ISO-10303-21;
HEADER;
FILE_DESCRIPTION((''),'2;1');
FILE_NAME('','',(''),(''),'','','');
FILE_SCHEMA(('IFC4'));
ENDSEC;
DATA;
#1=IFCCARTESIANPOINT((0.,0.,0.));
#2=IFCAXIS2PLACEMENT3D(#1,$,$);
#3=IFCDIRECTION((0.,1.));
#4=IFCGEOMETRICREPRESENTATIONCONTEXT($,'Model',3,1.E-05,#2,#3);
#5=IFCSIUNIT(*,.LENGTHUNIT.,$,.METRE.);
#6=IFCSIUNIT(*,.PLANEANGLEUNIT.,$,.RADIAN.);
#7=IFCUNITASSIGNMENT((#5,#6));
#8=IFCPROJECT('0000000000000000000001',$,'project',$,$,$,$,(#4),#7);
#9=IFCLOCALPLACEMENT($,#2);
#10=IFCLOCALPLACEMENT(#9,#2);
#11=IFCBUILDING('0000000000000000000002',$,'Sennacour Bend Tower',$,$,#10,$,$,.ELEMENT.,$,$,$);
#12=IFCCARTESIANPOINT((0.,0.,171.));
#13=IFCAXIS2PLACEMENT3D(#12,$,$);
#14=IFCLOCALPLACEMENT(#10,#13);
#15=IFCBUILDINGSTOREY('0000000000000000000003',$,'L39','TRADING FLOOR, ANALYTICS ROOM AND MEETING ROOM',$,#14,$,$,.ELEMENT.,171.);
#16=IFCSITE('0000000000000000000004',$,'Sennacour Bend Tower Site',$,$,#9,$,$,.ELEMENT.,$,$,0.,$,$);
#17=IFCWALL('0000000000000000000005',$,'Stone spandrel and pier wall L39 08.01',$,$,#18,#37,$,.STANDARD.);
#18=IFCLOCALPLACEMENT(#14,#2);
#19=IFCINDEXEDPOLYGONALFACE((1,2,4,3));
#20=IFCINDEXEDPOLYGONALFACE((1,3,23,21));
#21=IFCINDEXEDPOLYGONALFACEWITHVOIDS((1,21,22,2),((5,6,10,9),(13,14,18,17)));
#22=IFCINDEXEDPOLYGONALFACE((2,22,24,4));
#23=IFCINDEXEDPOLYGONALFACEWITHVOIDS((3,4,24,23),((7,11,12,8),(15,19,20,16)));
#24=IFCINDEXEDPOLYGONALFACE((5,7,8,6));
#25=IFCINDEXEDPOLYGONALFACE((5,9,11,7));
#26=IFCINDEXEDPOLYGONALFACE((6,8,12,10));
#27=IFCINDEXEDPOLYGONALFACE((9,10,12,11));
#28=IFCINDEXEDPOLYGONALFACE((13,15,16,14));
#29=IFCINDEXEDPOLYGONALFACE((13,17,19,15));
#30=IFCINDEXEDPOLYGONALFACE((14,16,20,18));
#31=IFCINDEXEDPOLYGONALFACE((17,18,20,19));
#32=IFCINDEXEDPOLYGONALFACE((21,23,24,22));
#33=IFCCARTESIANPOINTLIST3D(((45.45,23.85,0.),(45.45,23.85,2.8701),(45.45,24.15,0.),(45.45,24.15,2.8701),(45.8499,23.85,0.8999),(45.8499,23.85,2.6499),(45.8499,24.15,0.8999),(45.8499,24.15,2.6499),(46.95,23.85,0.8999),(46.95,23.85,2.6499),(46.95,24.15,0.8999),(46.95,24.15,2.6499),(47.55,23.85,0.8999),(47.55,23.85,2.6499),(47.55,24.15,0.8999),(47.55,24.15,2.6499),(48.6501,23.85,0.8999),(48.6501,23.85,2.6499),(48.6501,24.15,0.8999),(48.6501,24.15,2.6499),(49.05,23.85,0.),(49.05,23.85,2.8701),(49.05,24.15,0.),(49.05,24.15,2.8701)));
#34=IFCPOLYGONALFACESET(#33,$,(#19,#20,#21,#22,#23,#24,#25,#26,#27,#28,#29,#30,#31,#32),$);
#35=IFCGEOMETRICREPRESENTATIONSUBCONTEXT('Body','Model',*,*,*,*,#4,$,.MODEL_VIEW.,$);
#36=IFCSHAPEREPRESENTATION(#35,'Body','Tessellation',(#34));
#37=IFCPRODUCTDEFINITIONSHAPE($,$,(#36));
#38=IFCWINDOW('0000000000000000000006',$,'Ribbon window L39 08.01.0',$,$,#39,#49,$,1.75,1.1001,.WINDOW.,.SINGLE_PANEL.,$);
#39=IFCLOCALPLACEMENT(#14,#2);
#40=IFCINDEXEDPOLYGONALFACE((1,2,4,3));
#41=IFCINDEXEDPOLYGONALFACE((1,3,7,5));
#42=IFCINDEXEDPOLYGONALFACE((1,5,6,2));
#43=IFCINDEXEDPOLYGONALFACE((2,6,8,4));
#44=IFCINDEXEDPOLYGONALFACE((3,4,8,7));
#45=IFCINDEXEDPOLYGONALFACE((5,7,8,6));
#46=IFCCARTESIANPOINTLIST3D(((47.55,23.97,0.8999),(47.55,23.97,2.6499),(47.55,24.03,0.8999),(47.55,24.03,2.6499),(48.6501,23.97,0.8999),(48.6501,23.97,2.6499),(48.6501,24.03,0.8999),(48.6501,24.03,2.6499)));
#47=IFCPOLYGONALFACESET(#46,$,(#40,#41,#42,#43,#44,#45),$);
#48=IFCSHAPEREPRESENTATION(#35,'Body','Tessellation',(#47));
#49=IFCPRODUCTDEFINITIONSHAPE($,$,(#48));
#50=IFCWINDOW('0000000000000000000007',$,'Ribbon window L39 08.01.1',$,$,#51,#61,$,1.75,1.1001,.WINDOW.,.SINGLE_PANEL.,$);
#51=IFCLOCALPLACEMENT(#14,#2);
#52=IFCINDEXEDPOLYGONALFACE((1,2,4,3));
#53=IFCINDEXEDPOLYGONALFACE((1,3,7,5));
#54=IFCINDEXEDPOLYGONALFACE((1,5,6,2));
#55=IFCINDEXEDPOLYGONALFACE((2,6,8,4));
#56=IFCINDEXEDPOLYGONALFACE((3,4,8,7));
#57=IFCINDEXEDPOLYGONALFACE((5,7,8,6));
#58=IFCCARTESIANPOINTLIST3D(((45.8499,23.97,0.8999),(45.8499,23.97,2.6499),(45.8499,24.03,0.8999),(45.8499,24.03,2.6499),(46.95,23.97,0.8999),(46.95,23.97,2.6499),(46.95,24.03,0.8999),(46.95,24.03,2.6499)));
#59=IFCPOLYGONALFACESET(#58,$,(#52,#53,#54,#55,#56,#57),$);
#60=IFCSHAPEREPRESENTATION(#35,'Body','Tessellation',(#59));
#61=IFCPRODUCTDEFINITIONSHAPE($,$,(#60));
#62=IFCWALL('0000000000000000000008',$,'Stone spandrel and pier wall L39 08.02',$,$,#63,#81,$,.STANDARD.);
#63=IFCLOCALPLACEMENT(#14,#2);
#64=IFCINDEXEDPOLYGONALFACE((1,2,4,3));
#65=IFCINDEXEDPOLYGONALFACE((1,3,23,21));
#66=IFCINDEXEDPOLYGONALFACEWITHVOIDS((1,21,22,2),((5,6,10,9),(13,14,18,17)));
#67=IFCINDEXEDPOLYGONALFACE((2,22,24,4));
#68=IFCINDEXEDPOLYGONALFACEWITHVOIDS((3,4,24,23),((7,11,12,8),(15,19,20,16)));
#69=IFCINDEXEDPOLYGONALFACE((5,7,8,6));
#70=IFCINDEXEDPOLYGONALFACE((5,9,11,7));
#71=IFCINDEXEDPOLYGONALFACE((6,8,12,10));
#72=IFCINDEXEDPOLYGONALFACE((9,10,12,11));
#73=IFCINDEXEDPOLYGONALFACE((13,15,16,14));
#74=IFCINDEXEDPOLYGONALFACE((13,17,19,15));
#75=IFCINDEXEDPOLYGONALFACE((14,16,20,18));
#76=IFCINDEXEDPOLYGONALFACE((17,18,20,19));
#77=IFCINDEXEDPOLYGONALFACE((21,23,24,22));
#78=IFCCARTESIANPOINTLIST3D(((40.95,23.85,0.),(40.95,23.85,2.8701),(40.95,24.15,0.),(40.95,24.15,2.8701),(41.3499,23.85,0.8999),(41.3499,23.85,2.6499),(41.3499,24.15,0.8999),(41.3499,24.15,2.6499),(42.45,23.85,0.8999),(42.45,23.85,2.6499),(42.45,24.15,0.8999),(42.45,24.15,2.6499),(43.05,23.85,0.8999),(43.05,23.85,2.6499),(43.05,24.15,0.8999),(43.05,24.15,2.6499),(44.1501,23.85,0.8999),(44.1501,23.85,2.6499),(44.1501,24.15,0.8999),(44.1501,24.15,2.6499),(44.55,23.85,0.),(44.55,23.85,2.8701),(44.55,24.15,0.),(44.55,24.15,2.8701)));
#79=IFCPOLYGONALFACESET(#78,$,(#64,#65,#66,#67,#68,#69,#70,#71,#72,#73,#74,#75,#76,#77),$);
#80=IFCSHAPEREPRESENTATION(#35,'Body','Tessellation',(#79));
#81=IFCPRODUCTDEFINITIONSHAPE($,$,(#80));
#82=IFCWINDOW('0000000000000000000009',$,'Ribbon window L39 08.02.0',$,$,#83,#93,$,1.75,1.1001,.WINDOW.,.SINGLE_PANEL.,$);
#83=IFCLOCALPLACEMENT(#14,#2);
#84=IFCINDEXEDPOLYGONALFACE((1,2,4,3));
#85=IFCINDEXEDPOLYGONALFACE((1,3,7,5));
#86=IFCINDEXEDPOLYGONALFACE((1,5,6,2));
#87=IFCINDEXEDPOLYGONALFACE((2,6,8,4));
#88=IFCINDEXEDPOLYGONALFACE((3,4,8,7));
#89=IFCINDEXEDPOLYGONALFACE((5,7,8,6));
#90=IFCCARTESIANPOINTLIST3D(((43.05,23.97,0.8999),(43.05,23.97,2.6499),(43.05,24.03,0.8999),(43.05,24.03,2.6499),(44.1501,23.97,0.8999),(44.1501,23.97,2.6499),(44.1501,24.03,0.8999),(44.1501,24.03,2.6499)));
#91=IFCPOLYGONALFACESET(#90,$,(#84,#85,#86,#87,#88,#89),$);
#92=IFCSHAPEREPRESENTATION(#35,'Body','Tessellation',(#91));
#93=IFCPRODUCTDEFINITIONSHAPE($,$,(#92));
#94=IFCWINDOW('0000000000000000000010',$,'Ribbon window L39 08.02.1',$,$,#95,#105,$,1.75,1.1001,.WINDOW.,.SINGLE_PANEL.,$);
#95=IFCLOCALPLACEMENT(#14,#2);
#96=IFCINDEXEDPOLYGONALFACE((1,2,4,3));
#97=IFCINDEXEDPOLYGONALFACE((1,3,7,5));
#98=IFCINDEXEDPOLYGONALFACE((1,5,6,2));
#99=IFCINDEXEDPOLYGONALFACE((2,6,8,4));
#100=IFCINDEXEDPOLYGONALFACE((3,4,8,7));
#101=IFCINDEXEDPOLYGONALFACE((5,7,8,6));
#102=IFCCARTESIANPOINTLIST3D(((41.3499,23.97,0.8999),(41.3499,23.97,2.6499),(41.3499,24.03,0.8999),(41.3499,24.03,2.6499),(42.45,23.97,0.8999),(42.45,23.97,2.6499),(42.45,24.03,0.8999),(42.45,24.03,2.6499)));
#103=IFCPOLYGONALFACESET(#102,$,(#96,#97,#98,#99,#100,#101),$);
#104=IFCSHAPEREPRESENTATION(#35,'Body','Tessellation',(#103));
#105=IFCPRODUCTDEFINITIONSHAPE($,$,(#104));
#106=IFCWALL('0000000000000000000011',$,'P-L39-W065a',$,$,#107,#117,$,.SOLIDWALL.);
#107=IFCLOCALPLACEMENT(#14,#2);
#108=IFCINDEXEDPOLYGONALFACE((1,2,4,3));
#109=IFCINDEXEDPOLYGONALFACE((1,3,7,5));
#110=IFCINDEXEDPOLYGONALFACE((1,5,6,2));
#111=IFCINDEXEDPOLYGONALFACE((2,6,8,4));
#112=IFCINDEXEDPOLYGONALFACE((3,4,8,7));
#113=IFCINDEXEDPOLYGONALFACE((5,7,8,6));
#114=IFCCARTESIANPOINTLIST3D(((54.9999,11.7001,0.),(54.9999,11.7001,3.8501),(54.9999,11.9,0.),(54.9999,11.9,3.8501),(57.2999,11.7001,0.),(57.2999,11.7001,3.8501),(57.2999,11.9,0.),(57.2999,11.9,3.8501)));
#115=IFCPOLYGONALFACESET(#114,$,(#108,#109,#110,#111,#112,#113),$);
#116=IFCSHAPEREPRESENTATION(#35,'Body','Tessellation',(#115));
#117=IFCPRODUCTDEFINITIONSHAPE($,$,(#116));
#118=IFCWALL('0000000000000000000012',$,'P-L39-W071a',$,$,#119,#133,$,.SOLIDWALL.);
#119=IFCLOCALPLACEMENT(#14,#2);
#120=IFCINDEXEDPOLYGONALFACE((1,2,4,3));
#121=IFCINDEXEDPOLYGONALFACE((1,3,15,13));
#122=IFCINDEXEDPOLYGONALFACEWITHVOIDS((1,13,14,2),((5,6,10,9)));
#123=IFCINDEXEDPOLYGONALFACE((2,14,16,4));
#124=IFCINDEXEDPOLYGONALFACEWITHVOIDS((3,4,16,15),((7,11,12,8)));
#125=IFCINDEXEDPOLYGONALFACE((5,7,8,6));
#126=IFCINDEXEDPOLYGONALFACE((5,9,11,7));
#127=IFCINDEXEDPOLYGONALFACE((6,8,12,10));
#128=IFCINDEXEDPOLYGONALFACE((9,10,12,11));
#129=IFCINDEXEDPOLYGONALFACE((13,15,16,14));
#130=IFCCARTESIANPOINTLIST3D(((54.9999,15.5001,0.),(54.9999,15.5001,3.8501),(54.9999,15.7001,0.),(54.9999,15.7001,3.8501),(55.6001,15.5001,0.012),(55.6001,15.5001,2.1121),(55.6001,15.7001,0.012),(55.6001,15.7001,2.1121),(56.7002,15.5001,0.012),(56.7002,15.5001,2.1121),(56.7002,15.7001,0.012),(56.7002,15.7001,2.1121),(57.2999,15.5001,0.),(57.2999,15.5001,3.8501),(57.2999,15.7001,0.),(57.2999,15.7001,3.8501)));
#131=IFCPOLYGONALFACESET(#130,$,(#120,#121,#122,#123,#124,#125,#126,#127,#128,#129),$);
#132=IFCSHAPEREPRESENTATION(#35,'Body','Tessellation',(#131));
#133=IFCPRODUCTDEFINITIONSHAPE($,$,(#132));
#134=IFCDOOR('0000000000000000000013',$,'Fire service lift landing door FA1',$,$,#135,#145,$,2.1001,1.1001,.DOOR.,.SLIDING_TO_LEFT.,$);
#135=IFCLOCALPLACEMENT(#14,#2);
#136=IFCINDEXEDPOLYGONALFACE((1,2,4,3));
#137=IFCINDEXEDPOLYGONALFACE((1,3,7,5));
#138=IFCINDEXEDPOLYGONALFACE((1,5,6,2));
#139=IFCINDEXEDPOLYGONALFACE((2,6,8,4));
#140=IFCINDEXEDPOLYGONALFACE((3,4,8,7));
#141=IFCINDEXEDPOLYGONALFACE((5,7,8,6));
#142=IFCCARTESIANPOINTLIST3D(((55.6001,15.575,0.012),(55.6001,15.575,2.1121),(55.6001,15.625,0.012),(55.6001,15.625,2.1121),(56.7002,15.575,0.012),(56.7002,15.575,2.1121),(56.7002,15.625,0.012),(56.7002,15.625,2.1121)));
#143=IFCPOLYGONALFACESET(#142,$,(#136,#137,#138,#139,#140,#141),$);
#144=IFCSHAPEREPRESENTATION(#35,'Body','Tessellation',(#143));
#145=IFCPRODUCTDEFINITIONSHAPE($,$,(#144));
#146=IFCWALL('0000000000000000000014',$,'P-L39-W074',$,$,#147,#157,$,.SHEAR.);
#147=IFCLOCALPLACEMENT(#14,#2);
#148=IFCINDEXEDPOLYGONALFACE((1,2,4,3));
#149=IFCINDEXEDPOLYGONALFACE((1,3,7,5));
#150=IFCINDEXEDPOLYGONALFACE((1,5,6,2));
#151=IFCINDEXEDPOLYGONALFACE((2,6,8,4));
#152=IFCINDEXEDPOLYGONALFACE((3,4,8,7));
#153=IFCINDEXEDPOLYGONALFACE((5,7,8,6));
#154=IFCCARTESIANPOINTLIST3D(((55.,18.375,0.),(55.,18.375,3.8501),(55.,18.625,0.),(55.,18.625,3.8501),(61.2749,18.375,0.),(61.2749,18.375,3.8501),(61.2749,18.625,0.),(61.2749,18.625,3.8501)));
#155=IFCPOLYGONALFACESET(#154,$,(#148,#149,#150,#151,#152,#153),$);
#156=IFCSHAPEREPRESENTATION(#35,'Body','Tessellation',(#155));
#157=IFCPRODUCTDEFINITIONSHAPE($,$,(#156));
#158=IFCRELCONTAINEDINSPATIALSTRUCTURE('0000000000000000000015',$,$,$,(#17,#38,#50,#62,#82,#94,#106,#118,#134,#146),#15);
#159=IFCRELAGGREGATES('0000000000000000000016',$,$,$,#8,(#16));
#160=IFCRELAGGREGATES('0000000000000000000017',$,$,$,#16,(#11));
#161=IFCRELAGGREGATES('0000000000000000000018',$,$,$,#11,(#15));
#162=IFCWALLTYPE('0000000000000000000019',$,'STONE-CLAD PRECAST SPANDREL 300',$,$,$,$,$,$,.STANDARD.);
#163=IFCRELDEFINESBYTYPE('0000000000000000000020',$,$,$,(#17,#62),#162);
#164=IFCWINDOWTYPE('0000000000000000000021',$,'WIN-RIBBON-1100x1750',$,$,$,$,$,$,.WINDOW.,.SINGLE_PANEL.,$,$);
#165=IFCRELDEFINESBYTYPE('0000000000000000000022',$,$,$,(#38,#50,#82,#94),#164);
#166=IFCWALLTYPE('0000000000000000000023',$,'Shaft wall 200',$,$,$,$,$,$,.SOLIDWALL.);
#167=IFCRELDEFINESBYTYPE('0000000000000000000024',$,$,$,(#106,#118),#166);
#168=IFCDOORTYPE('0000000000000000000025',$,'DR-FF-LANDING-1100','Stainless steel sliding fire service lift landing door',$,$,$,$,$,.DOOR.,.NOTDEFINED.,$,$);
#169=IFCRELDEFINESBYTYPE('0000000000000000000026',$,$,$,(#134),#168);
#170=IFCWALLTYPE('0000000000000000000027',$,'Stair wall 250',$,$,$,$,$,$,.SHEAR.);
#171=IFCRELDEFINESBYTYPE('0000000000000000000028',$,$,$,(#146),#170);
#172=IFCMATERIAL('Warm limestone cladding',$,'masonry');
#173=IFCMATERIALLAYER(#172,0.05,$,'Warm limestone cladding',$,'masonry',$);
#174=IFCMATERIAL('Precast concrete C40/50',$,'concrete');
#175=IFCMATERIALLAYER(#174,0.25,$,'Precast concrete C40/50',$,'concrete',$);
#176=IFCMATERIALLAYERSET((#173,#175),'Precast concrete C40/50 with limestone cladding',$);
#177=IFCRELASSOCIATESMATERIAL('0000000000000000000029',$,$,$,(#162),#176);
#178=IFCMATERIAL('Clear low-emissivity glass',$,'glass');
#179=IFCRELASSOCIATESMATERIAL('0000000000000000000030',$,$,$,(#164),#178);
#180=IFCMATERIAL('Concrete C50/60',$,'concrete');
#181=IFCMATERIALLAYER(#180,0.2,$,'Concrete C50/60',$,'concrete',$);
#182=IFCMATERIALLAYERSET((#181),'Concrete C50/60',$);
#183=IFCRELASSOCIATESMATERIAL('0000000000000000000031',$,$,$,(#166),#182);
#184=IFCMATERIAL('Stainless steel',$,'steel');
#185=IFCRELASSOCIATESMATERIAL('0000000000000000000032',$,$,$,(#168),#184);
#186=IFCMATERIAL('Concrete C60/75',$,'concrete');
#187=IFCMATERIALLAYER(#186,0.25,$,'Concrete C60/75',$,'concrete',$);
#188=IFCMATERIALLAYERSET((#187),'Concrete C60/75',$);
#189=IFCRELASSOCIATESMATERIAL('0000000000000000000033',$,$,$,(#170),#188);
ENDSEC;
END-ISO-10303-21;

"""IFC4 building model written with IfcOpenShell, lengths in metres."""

from ifc_helpers import new_model, si_unit, direction, frame, frame_2d, origin, place, context, subcontext, project, spatial, rectangle, extrude, material, layer, layer_set, type_object, element, fill, save


model = new_model("IFC4")

# Units and contexts
model_context = context("Model", 3, precision=1e-05, world=origin(), true_north=direction((0.0, 1.0)))
body_context = subcontext(model_context, "Body", "Model", "MODEL_VIEW")
ifc_project = project(units=[si_unit("LENGTHUNIT", "METRE"), si_unit("PLANEANGLEUNIT", "RADIAN")], contexts=[model_context])

# Site, building, storey
site_placement = place(None, origin())
site = spatial("IfcSite", under=ifc_project, at=site_placement, Name="Sennacour Bend Tower Site", CompositionType="ELEMENT", RefElevation=0.0)
building_placement = place(site_placement, origin())
building = spatial("IfcBuilding", under=site, at=building_placement, Name="Sennacour Bend Tower", CompositionType="ELEMENT")
storey_placement = place(building_placement, frame((0.0, 0.0, 171.0)))
storey = spatial("IfcBuildingStorey", under=building, at=storey_placement, Name="L39", Description="TRADING FLOOR, ANALYTICS ROOM AND MEETING ROOM", CompositionType="ELEMENT", Elevation=171.0)

# Shared definitions
ifc_material_1 = material(Name="Concrete C60/75", Category="concrete")
ifc_material_2 = material(Name="Warm limestone cladding", Category="masonry")
ifc_layer_1 = layer(ifc_material_2, 0.05, Name="Warm limestone cladding", Category="masonry")
ifc_material_3 = material(Name="Precast concrete C40/50", Category="concrete")
ifc_layer_2 = layer(ifc_material_3, 0.25, Name="Precast concrete C40/50", Category="concrete")
ifc_layer_set_1 = layer_set([ifc_layer_1, ifc_layer_2], Name="Precast concrete C40/50 with limestone cladding")
wall_type_1 = type_object("IfcWallType", Name="STONE-CLAD PRECAST SPANDREL 300", PredefinedType="STANDARD", material=ifc_layer_set_1)

# Walls, openings, windows
ifc_material_4 = material(Name="Clear low-emissivity glass", Category="glass")
window_type = type_object("IfcWindowType", Name="WIN-RIBBON-1100x1750", PartitioningType="SINGLE_PANEL", PredefinedType="WINDOW", material=ifc_material_4)
wall_1_placement = place(storey_placement, frame((49.05, 24.0, 0.0), z_axis=(0.0, 0.0, 1.0), x_axis=(-1.0, 0.0, 0.0)))
wall_1 = element("IfcWall", 1, at=wall_1_placement, inside=storey, type_object=wall_type_1, Name="Stone spandrel and pier wall L39 08.01", PredefinedType="STANDARD", context=body_context, shape_type="SweptSolid", body=[
    extrude(rectangle(XDim=3.6001, YDim=0.3, at=frame_2d((1.8, 0.0))), origin(), (0.0, 0.0, 1.0), 2.8701),
])
opening_1_placement = place(wall_1_placement, frame((0.3999, 0.0, 0.8999)))
opening_1 = element("IfcOpeningElement", 2, at=opening_1_placement, cuts=wall_1, PredefinedType="OPENING", context=body_context, shape_type="SweptSolid", body=[
    extrude(rectangle(XDim=1.1001, YDim=1.75, at=frame_2d((0.55, 0.875))), frame((0.0, 0.1602, 0.0), z_axis=(0.0, -1.0, 0.0), x_axis=(1.0, 0.0, 0.0)), (0.0, 0.0, 1.0), 0.3201),
])
opening_2_placement = place(wall_1_placement, frame((2.1001, 0.0, 0.8999)))
opening_2 = element("IfcOpeningElement", 3, at=opening_2_placement, cuts=wall_1, PredefinedType="OPENING", context=body_context, shape_type="SweptSolid", body=[
    extrude(rectangle(XDim=1.1001, YDim=1.75, at=frame_2d((0.55, 0.875))), frame((0.0, 0.1602, 0.0), z_axis=(0.0, -1.0, 0.0), x_axis=(1.0, 0.0, 0.0)), (0.0, 0.0, 1.0), 0.3201),
])
window_1_placement = place(opening_1_placement, origin())
window_1 = element("IfcWindow", 4, at=window_1_placement, inside=storey, type_object=window_type, Name="Ribbon window L39 08.01.0", OverallHeight=1.75, OverallWidth=1.1001, PartitioningType="SINGLE_PANEL", PredefinedType="WINDOW", context=body_context, shape_type="SweptSolid", body=[
    extrude(rectangle(XDim=1.1001, YDim=1.75, at=frame_2d((0.55, 0.875))), frame((0.0, 0.03, 0.0), z_axis=(0.0, -1.0, 0.0), x_axis=(1.0, 0.0, 0.0)), (0.0, 0.0, 1.0), 0.0601),
])
fill(opening_1, window_1)
window_2_placement = place(opening_2_placement, origin())
window_2 = element("IfcWindow", 5, at=window_2_placement, inside=storey, type_object=window_type, Name="Ribbon window L39 08.01.1", OverallHeight=1.75, OverallWidth=1.1001, PartitioningType="SINGLE_PANEL", PredefinedType="WINDOW", context=body_context, shape_type="SweptSolid", body=[
    extrude(rectangle(XDim=1.1001, YDim=1.75, at=frame_2d((0.55, 0.875))), frame((0.0, 0.03, 0.0), z_axis=(0.0, -1.0, 0.0), x_axis=(1.0, 0.0, 0.0)), (0.0, 0.0, 1.0), 0.0601),
])
fill(opening_2, window_2)
wall_2_placement = place(storey_placement, frame((44.55, 24.0, 0.0), z_axis=(0.0, 0.0, 1.0), x_axis=(-1.0, 0.0, 0.0)))
wall_2 = element("IfcWall", 6, at=wall_2_placement, inside=storey, type_object=wall_type_1, Name="Stone spandrel and pier wall L39 08.02", PredefinedType="STANDARD", context=body_context, shape_type="SweptSolid", body=[
    extrude(rectangle(XDim=3.6001, YDim=0.3, at=frame_2d((1.8, 0.0))), origin(), (0.0, 0.0, 1.0), 2.8701),
])
opening_3_placement = place(wall_2_placement, frame((0.3999, 0.0, 0.8999)))
opening_3 = element("IfcOpeningElement", 7, at=opening_3_placement, cuts=wall_2, PredefinedType="OPENING", context=body_context, shape_type="SweptSolid", body=[
    extrude(rectangle(XDim=1.1001, YDim=1.75, at=frame_2d((0.55, 0.875))), frame((0.0, 0.1602, 0.0), z_axis=(0.0, -1.0, 0.0), x_axis=(1.0, 0.0, 0.0)), (0.0, 0.0, 1.0), 0.3201),
])
opening_4_placement = place(wall_2_placement, frame((2.1001, 0.0, 0.8999)))
opening_4 = element("IfcOpeningElement", 8, at=opening_4_placement, cuts=wall_2, PredefinedType="OPENING", context=body_context, shape_type="SweptSolid", body=[
    extrude(rectangle(XDim=1.1001, YDim=1.75, at=frame_2d((0.55, 0.875))), frame((0.0, 0.1602, 0.0), z_axis=(0.0, -1.0, 0.0), x_axis=(1.0, 0.0, 0.0)), (0.0, 0.0, 1.0), 0.3201),
])
window_3_placement = place(opening_3_placement, origin())
window_3 = element("IfcWindow", 9, at=window_3_placement, inside=storey, type_object=window_type, Name="Ribbon window L39 08.02.0", OverallHeight=1.75, OverallWidth=1.1001, PartitioningType="SINGLE_PANEL", PredefinedType="WINDOW", context=body_context, shape_type="SweptSolid", body=[
    extrude(rectangle(XDim=1.1001, YDim=1.75, at=frame_2d((0.55, 0.875))), frame((0.0, 0.03, 0.0), z_axis=(0.0, -1.0, 0.0), x_axis=(1.0, 0.0, 0.0)), (0.0, 0.0, 1.0), 0.0601),
])
fill(opening_3, window_3)
window_4_placement = place(opening_4_placement, origin())
window_4 = element("IfcWindow", 10, at=window_4_placement, inside=storey, type_object=window_type, Name="Ribbon window L39 08.02.1", OverallHeight=1.75, OverallWidth=1.1001, PartitioningType="SINGLE_PANEL", PredefinedType="WINDOW", context=body_context, shape_type="SweptSolid", body=[
    extrude(rectangle(XDim=1.1001, YDim=1.75, at=frame_2d((0.55, 0.875))), frame((0.0, 0.03, 0.0), z_axis=(0.0, -1.0, 0.0), x_axis=(1.0, 0.0, 0.0)), (0.0, 0.0, 1.0), 0.0601),
])
fill(opening_4, window_4)

# Wall
ifc_material_5 = material(Name="Concrete C50/60", Category="concrete")
ifc_layer_3 = layer(ifc_material_5, 0.2, Name="Concrete C50/60", Category="concrete")
ifc_layer_set_2 = layer_set([ifc_layer_3], Name="Concrete C50/60")
wall_type_2 = type_object("IfcWallType", Name="Shaft wall 200", PredefinedType="SOLIDWALL", material=ifc_layer_set_2)
wall_3_placement = place(storey_placement, frame((55.0, 11.8, 0.0), z_axis=(0.0, 0.0, 1.0), x_axis=(1.0, 0.0, 0.0)))
element("IfcWall", 11, at=wall_3_placement, inside=storey, type_object=wall_type_2, Name="P-L39-W065a", PredefinedType="SOLIDWALL", context=body_context, shape_type="SweptSolid", body=[
    extrude(rectangle(XDim=2.3, YDim=0.2, at=frame_2d((1.1499, 0.0))), origin(), (0.0, 0.0, 1.0), 3.8501),
])

# Wall, opening, door
wall_4_placement = place(storey_placement, frame((55.0, 15.6001, 0.0), z_axis=(0.0, 0.0, 1.0), x_axis=(1.0, 0.0, 0.0)))
wall_4 = element("IfcWall", 12, at=wall_4_placement, inside=storey, type_object=wall_type_2, Name="P-L39-W071a", PredefinedType="SOLIDWALL", context=body_context, shape_type="SweptSolid", body=[
    extrude(rectangle(XDim=2.3, YDim=0.2, at=frame_2d((1.1499, 0.0))), origin(), (0.0, 0.0, 1.0), 3.8501),
])
opening_5_placement = place(wall_4_placement, frame((0.6001, 0.0, 0.012)))
opening_5 = element("IfcOpeningElement", 13, at=opening_5_placement, cuts=wall_4, PredefinedType="OPENING", context=body_context, shape_type="SweptSolid", body=[
    extrude(rectangle(XDim=1.1001, YDim=2.1001, at=frame_2d((0.55, 1.05))), frame((0.0, 0.1099, 0.0), z_axis=(0.0, -1.0, 0.0), x_axis=(1.0, 0.0, 0.0)), (0.0, 0.0, 1.0), 0.22),
])
ifc_material_6 = material(Name="Stainless steel", Category="steel")
door_type = type_object("IfcDoorType", Name="DR-FF-LANDING-1100", Description="Stainless steel sliding fire service lift landing door", OperationType="NOTDEFINED", PredefinedType="DOOR", material=ifc_material_6)
door_placement = place(opening_5_placement, origin())
door = element("IfcDoor", 14, at=door_placement, inside=storey, type_object=door_type, Name="Fire service lift landing door FA1", OperationType="SLIDING_TO_LEFT", OverallHeight=2.1001, OverallWidth=1.1001, PredefinedType="DOOR", context=body_context, shape_type="SweptSolid", body=[
    extrude(rectangle(XDim=1.1001, YDim=2.1001, at=frame_2d((0.55, 1.05))), frame((0.0, 0.0249, 0.0), z_axis=(0.0, -1.0, 0.0), x_axis=(1.0, 0.0, 0.0)), (0.0, 0.0, 1.0), 0.05),
])
fill(opening_5, door)

# Wall
ifc_layer_4 = layer(ifc_material_1, 0.25, Name="Concrete C60/75", Category="concrete")
ifc_layer_set_3 = layer_set([ifc_layer_4], Name="Concrete C60/75")
wall_type_3 = type_object("IfcWallType", Name="Stair wall 250", PredefinedType="SHEAR", material=ifc_layer_set_3)
wall_5_placement = place(storey_placement, frame((55.0, 18.5, 0.0), z_axis=(0.0, 0.0, 1.0), x_axis=(1.0, 0.0, 0.0)))
element("IfcWall", 15, at=wall_5_placement, inside=storey, type_object=wall_type_3, Name="P-L39-W074", PredefinedType="SHEAR", context=body_context, shape_type="SweptSolid", body=[
    extrude(rectangle(XDim=6.2749, YDim=0.25, at=frame_2d((3.1375, 0.0))), origin(), (0.0, 0.0, 1.0), 3.8501),
])

save(model, "model.ifc")
